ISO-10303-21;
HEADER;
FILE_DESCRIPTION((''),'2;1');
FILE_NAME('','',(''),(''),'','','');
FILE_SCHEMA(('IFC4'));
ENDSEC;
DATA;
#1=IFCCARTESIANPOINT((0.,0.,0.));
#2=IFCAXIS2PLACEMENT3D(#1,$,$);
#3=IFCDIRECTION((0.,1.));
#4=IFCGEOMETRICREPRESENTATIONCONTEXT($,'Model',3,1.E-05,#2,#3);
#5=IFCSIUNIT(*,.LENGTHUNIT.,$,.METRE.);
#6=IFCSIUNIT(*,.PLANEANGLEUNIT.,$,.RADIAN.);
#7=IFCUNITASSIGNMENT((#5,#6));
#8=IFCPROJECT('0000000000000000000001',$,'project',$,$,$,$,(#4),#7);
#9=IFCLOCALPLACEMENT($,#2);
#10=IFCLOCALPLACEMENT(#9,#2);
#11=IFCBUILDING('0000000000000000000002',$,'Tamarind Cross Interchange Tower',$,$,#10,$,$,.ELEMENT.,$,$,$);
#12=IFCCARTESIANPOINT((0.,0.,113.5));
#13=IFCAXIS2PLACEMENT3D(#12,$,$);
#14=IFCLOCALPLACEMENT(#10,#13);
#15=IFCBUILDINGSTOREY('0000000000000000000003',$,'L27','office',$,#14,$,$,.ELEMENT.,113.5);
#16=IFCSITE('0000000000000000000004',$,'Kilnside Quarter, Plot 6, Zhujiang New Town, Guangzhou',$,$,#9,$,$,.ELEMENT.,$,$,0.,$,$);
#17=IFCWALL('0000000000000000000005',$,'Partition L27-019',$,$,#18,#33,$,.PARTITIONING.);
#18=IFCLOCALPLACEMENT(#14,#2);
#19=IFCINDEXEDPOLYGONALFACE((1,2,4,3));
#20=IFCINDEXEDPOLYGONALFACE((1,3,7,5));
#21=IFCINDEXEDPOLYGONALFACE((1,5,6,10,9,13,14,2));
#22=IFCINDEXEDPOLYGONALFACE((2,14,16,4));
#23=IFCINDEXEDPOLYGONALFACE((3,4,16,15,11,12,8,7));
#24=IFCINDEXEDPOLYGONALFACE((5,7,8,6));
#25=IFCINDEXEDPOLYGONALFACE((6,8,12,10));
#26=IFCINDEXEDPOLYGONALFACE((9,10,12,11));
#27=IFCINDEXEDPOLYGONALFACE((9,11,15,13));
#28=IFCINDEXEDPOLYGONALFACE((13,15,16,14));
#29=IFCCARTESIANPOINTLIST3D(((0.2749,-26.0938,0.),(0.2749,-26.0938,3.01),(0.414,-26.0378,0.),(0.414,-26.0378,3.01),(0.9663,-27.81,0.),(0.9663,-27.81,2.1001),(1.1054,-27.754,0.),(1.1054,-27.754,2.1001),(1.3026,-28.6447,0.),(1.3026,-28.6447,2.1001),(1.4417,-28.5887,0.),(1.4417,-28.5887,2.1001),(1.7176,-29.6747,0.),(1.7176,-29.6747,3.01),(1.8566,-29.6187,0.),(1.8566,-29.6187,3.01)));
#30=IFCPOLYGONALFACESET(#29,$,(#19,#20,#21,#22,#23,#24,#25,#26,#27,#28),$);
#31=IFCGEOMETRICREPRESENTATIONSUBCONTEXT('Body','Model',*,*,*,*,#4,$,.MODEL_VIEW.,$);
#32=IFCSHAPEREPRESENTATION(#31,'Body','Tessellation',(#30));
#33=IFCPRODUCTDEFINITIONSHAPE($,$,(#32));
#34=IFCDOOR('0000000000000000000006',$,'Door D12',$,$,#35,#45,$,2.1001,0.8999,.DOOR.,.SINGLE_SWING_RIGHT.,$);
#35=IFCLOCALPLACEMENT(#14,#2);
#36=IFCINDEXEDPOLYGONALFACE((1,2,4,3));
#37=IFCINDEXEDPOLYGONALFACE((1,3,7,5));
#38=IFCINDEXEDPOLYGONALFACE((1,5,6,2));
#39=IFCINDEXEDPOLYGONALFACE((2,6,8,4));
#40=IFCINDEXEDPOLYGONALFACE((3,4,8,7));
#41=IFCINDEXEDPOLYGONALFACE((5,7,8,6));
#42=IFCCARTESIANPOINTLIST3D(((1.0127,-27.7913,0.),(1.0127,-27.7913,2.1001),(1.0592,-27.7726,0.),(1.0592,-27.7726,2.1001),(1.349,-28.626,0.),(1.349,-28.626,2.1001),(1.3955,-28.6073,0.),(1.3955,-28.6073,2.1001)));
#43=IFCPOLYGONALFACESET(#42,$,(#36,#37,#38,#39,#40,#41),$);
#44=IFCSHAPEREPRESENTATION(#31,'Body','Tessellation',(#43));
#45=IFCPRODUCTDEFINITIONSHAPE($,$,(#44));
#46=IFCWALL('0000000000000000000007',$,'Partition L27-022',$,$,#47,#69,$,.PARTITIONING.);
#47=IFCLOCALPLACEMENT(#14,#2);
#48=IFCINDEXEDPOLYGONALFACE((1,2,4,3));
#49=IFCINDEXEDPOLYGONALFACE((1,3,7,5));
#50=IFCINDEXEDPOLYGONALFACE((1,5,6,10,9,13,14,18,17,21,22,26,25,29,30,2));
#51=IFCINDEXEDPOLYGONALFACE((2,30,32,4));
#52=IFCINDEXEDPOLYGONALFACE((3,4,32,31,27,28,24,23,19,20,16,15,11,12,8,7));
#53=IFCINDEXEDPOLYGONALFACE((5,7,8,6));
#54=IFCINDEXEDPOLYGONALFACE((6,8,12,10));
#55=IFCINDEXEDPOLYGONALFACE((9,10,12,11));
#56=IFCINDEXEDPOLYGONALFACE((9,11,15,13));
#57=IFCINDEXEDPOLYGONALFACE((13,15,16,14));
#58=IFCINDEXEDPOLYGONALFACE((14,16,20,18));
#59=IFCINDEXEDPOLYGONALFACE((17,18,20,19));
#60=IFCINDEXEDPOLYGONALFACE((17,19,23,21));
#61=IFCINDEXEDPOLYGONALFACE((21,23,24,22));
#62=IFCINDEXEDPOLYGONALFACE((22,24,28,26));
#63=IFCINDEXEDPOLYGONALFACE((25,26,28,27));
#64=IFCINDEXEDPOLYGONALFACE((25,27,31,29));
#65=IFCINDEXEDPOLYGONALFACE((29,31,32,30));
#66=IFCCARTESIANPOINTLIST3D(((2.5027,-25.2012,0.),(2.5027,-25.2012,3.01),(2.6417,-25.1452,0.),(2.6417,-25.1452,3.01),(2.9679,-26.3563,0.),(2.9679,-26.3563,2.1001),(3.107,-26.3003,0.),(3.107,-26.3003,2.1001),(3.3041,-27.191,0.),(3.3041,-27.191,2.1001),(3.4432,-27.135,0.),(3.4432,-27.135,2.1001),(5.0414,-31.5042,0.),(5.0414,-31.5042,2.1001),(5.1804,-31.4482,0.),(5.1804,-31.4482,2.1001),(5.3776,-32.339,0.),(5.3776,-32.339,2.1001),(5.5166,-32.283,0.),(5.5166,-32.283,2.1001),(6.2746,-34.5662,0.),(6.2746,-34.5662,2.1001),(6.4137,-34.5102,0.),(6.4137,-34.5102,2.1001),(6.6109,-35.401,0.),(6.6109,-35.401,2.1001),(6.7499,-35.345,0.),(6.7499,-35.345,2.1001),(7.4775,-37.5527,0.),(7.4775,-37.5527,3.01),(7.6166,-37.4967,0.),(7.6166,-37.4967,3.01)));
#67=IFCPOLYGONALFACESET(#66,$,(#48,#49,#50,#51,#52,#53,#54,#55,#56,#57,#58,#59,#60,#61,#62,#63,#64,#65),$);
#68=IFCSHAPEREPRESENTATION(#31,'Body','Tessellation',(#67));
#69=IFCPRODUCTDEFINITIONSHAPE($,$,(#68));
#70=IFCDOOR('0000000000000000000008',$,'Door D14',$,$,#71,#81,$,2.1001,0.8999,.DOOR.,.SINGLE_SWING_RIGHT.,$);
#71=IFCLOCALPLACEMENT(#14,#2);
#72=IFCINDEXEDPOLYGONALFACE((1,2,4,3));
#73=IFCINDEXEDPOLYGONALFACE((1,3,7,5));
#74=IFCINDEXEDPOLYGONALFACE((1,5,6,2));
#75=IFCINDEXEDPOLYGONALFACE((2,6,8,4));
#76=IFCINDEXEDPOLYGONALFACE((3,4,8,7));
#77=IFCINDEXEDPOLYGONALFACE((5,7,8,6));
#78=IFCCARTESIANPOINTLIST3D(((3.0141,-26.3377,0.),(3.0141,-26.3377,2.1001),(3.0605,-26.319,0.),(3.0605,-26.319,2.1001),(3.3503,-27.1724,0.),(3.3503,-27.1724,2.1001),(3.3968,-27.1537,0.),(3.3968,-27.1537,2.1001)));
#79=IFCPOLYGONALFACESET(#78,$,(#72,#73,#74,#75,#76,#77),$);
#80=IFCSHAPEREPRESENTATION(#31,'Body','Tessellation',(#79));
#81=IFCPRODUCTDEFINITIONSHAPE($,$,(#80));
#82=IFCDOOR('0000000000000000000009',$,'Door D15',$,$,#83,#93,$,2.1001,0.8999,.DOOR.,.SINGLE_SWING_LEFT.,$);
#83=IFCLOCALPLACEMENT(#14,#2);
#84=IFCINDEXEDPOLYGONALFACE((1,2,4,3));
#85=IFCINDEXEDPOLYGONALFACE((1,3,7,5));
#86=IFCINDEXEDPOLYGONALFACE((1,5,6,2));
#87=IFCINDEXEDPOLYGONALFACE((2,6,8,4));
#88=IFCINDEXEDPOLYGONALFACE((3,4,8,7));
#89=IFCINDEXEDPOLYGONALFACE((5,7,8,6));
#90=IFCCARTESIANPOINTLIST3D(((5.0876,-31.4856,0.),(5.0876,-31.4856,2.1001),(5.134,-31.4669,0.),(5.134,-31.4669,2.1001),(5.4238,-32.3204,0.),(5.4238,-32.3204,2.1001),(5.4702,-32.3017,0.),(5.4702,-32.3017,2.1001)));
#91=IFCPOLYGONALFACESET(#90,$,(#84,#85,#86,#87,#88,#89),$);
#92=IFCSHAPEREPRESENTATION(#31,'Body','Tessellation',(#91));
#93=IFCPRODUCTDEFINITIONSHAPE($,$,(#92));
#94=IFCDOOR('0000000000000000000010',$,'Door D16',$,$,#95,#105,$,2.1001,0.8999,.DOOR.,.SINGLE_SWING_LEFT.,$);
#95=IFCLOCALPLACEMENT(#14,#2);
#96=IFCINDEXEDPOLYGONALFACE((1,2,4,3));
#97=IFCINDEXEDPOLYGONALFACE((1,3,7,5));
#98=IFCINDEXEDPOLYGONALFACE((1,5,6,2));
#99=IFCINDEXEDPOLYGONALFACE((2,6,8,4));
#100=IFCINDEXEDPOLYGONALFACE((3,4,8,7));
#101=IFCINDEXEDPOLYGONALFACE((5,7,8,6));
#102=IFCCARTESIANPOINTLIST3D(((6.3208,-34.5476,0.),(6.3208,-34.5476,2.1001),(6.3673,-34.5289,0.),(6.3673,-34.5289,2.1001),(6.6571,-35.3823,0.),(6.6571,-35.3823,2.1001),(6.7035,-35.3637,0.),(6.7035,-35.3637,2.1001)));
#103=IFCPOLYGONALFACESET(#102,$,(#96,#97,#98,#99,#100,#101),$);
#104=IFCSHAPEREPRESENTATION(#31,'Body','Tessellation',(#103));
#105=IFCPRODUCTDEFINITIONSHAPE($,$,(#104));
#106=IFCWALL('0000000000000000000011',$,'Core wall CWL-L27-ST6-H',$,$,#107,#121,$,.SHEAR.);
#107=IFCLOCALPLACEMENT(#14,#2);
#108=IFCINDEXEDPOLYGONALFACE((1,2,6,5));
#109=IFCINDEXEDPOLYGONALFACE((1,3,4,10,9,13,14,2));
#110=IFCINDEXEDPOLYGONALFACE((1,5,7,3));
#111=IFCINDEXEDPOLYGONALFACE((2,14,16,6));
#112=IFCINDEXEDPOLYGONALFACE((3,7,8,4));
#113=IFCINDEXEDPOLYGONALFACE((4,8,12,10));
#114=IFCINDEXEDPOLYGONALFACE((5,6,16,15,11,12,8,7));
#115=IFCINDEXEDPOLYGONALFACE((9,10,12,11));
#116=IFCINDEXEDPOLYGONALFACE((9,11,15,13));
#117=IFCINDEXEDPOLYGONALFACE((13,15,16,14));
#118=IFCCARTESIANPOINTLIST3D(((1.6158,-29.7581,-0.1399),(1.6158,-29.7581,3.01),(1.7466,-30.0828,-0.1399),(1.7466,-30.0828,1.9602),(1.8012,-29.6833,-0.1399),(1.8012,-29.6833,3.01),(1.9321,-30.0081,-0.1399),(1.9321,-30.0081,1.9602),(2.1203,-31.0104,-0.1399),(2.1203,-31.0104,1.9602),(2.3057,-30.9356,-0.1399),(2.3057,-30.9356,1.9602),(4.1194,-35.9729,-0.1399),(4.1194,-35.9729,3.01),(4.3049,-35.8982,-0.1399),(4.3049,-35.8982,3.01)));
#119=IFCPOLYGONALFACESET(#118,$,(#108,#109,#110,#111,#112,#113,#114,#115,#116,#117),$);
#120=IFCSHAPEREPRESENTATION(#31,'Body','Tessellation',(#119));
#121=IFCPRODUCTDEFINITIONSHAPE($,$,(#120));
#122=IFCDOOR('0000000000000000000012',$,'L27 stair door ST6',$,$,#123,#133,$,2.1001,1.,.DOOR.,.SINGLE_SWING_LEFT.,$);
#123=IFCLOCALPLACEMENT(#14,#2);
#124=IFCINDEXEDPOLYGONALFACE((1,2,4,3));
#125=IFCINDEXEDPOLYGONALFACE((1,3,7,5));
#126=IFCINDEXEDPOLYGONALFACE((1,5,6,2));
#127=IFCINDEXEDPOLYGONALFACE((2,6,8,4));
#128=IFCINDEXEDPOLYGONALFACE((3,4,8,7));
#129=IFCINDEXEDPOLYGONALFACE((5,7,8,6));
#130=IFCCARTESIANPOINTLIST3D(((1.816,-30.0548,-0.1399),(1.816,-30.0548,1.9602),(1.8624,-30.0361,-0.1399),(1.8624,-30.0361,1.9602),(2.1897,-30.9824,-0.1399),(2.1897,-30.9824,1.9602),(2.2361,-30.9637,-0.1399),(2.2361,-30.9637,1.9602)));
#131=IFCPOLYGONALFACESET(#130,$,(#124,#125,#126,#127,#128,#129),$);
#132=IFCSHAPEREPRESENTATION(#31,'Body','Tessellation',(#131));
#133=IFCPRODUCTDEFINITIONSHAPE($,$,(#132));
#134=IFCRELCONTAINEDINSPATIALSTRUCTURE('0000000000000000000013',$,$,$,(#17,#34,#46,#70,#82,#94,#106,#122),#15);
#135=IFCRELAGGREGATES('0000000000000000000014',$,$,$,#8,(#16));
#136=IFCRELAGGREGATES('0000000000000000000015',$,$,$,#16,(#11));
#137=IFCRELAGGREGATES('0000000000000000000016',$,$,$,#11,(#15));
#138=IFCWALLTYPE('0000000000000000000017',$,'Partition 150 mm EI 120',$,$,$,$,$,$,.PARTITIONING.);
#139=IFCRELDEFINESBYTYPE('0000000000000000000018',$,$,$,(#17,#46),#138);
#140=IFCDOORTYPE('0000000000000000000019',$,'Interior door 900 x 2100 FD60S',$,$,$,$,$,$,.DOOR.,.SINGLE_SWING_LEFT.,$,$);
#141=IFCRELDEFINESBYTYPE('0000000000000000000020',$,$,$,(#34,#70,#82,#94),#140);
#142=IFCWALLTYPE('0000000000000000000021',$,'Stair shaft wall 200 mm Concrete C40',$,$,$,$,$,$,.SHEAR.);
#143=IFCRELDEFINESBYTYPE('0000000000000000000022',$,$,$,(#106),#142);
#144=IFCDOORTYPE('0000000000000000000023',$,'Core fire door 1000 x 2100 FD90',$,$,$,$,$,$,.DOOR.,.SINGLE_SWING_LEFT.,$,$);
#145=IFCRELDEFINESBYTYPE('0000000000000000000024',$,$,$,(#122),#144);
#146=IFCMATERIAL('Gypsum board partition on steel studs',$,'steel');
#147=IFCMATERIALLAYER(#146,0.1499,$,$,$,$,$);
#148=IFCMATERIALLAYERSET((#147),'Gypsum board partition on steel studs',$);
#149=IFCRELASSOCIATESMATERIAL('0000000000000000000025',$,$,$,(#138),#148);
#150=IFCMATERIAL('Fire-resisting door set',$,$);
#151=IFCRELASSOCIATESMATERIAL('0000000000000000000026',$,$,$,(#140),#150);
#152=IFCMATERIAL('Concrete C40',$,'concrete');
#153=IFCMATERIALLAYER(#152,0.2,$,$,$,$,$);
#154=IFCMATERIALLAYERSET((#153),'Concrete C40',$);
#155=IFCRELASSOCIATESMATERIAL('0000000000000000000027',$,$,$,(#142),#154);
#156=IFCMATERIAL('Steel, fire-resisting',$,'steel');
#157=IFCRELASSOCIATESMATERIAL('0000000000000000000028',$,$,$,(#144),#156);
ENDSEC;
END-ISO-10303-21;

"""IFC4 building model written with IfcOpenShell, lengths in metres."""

from ifc_helpers import new_model, si_unit, direction, frame, frame_2d, origin, place, context, subcontext, project, spatial, rectangle, extrude, material, layer, layer_set, type_object, element, fill, save


model = new_model("IFC4")

# Units and contexts
model_context = context("Model", 3, precision=1e-05, world=origin(), true_north=direction((0.0, 1.0)))
body_context = subcontext(model_context, "Body", "Model", "MODEL_VIEW")
ifc_project = project(units=[si_unit("LENGTHUNIT", "METRE"), si_unit("PLANEANGLEUNIT", "RADIAN")], contexts=[model_context])

# Site, building, storey
site_placement = place(None, origin())
site = spatial("IfcSite", under=ifc_project, at=site_placement, Name="Kilnside Quarter, Plot 6, Zhujiang New Town, Guangzhou", CompositionType="ELEMENT", RefElevation=0.0)
building_placement = place(site_placement, origin())
building = spatial("IfcBuilding", under=site, at=building_placement, Name="Tamarind Cross Interchange Tower", CompositionType="ELEMENT")
storey_placement = place(building_placement, frame((0.0, 0.0, 113.5)))
storey = spatial("IfcBuildingStorey", under=building, at=storey_placement, Name="L27", Description="office", CompositionType="ELEMENT", Elevation=113.5)

# Shared definitions
ifc_material_1 = material(Name="Gypsum board partition on steel studs", Category="steel")
ifc_layer_1 = layer(ifc_material_1, 0.1499)
ifc_layer_set_1 = layer_set([ifc_layer_1], Name="Gypsum board partition on steel studs")
wall_type_1 = type_object("IfcWallType", Name="Partition 150 mm EI 120", PredefinedType="PARTITIONING", material=ifc_layer_set_1)

# Wall, opening, door
wall_1_placement = place(storey_placement, frame((0.3445, -26.0659, 0.0), z_axis=(0.0, 0.0, 1.0), x_axis=(0.37369, -0.927554, 0.0)))
wall_1 = element("IfcWall", 1, at=wall_1_placement, inside=storey, type_object=wall_type_1, Name="Partition L27-019", PredefinedType="PARTITIONING", context=body_context, shape_type="SweptSolid", body=[
    extrude(rectangle(XDim=3.8606, YDim=0.1499, at=frame_2d((1.9302, 0.0))), origin(), (0.0, 0.0, 1.0), 3.01),
])
opening_1_placement = place(wall_1_placement, frame((1.8501, 0.0, 0.0)))
opening_1 = element("IfcOpeningElement", 2, at=opening_1_placement, cuts=wall_1, PredefinedType="OPENING", context=body_context, shape_type="SweptSolid", body=[
    extrude(rectangle(XDim=0.8999, YDim=2.1001, at=frame_2d((0.45, 1.05))), frame((0.0, 0.085, 0.0), z_axis=(0.0, -1.0, 0.0), x_axis=(1.0, 0.0, 0.0)), (0.0, 0.0, 1.0), 0.1699),
])
ifc_material_2 = material(Name="Fire-resisting door set")
door_type_1 = type_object("IfcDoorType", Name="Interior door 900 x 2100 FD60S", OperationType="SINGLE_SWING_LEFT", PredefinedType="DOOR", material=ifc_material_2)
door_1_placement = place(opening_1_placement, frame((0.8999, 0.0, 0.0), z_axis=(0.0, 0.0, 1.0), x_axis=(-1.0, 0.0, 0.0)))
door_1 = element("IfcDoor", 3, at=door_1_placement, inside=storey, type_object=door_type_1, Name="Door D12", OperationType="SINGLE_SWING_RIGHT", OverallHeight=2.1001, OverallWidth=0.8999, PredefinedType="DOOR", context=body_context, shape_type="SweptSolid", body=[
    extrude(rectangle(XDim=0.8999, YDim=2.1001, at=frame_2d((0.45, 1.05))), frame((0.0, 0.0249, 0.0), z_axis=(0.0, -1.0, 0.0), x_axis=(1.0, 0.0, 0.0)), (0.0, 0.0, 1.0), 0.05),
])
fill(opening_1, door_1)

# Wall, openings, doors
wall_2_placement = place(storey_placement, frame((2.5723, -25.1733, 0.0), z_axis=(0.0, 0.0, 1.0), x_axis=(0.373606, -0.927588, 0.0)))
wall_2 = element("IfcWall", 4, at=wall_2_placement, inside=storey, type_object=wall_type_1, Name="Partition L27-022", PredefinedType="PARTITIONING", context=body_context, shape_type="SweptSolid", body=[
    extrude(rectangle(XDim=13.3157, YDim=0.1499, at=frame_2d((6.6577, 0.0))), origin(), (0.0, 0.0, 1.0), 3.01),
])
opening_2_placement = place(wall_2_placement, frame((1.2451, 0.0, 0.0)))
opening_2 = element("IfcOpeningElement", 5, at=opening_2_placement, cuts=wall_2, PredefinedType="OPENING", context=body_context, shape_type="SweptSolid", body=[
    extrude(rectangle(XDim=0.8999, YDim=2.1001, at=frame_2d((0.45, 1.05))), frame((0.0, 0.085, 0.0), z_axis=(0.0, -1.0, 0.0), x_axis=(1.0, 0.0, 0.0)), (0.0, 0.0, 1.0), 0.1699),
])
opening_3_placement = place(wall_2_placement, frame((6.7949, 0.0, 0.0)))
opening_3 = element("IfcOpeningElement", 6, at=opening_3_placement, cuts=wall_2, PredefinedType="OPENING", context=body_context, shape_type="SweptSolid", body=[
    extrude(rectangle(XDim=0.8999, YDim=2.1001, at=frame_2d((0.45, 1.05))), frame((0.0, 0.085, 0.0), z_axis=(0.0, -1.0, 0.0), x_axis=(1.0, 0.0, 0.0)), (0.0, 0.0, 1.0), 0.1699),
])
opening_4_placement = place(wall_2_placement, frame((10.0959, 0.0, 0.0)))
opening_4 = element("IfcOpeningElement", 7, at=opening_4_placement, cuts=wall_2, PredefinedType="OPENING", context=body_context, shape_type="SweptSolid", body=[
    extrude(rectangle(XDim=0.8999, YDim=2.1001, at=frame_2d((0.45, 1.05))), frame((0.0, 0.085, 0.0), z_axis=(0.0, -1.0, 0.0), x_axis=(1.0, 0.0, 0.0)), (0.0, 0.0, 1.0), 0.1699),
])
door_2_placement = place(opening_2_placement, origin())
door_2 = element("IfcDoor", 8, at=door_2_placement, inside=storey, type_object=door_type_1, Name="Door D14", OperationType="SINGLE_SWING_RIGHT", OverallHeight=2.1001, OverallWidth=0.8999, PredefinedType="DOOR", context=body_context, shape_type="SweptSolid", body=[
    extrude(rectangle(XDim=0.8999, YDim=2.1001, at=frame_2d((0.45, 1.05))), frame((0.0, 0.0249, 0.0), z_axis=(0.0, -1.0, 0.0), x_axis=(1.0, 0.0, 0.0)), (0.0, 0.0, 1.0), 0.05),
])
fill(opening_2, door_2)
door_3_placement = place(opening_3_placement, origin())
door_3 = element("IfcDoor", 9, at=door_3_placement, inside=storey, type_object=door_type_1, Name="Door D15", OperationType="SINGLE_SWING_LEFT", OverallHeight=2.1001, OverallWidth=0.8999, PredefinedType="DOOR", context=body_context, shape_type="SweptSolid", body=[
    extrude(rectangle(XDim=0.8999, YDim=2.1001, at=frame_2d((0.45, 1.05))), frame((0.0, 0.0249, 0.0), z_axis=(0.0, -1.0, 0.0), x_axis=(1.0, 0.0, 0.0)), (0.0, 0.0, 1.0), 0.05),
])
fill(opening_3, door_3)
door_4_placement = place(opening_4_placement, origin())
door_4 = element("IfcDoor", 10, at=door_4_placement, inside=storey, type_object=door_type_1, Name="Door D16", OperationType="SINGLE_SWING_LEFT", OverallHeight=2.1001, OverallWidth=0.8999, PredefinedType="DOOR", context=body_context, shape_type="SweptSolid", body=[
    extrude(rectangle(XDim=0.8999, YDim=2.1001, at=frame_2d((0.45, 1.05))), frame((0.0, 0.0249, 0.0), z_axis=(0.0, -1.0, 0.0), x_axis=(1.0, 0.0, 0.0)), (0.0, 0.0, 1.0), 0.05),
])
fill(opening_4, door_4)

# Wall, opening, door
ifc_material_3 = material(Name="Concrete C40", Category="concrete")
ifc_layer_2 = layer(ifc_material_3, 0.2)
ifc_layer_set_2 = layer_set([ifc_layer_2], Name="Concrete C40")
wall_type_2 = type_object("IfcWallType", Name="Stair shaft wall 200 mm Concrete C40", PredefinedType="SHEAR", material=ifc_layer_set_2)
wall_3_placement = place(storey_placement, frame((1.7085, -29.7207, -0.1399), z_axis=(0.0, 0.0, 1.0), x_axis=(0.37367, -0.927562, 0.0)))
wall_3 = element("IfcWall", 11, at=wall_3_placement, inside=storey, type_object=wall_type_2, Name="Core wall CWL-L27-ST6-H", PredefinedType="SHEAR", context=body_context, shape_type="SweptSolid", body=[
    extrude(rectangle(XDim=6.7002, YDim=0.2, at=frame_2d((3.3501, 0.0))), origin(), (0.0, 0.0, 1.0), 3.1499),
])
opening_5_placement = place(wall_3_placement, frame((0.3501, 0.0, 0.0)))
opening_5 = element("IfcOpeningElement", 12, at=opening_5_placement, cuts=wall_3, PredefinedType="OPENING", context=body_context, shape_type="SweptSolid", body=[
    extrude(rectangle(XDim=1.0, YDim=2.1001, at=frame_2d((0.5, 1.05))), frame((0.0, 0.1099, 0.0), z_axis=(0.0, -1.0, 0.0), x_axis=(1.0, 0.0, 0.0)), (0.0, 0.0, 1.0), 0.22),
])
ifc_material_4 = material(Name="Steel, fire-resisting", Category="steel")
door_type_2 = type_object("IfcDoorType", Name="Core fire door 1000 x 2100 FD90", OperationType="SINGLE_SWING_LEFT", PredefinedType="DOOR", material=ifc_material_4)
door_5_placement = place(opening_5_placement, origin())
door_5 = element("IfcDoor", 13, at=door_5_placement, inside=storey, type_object=door_type_2, Name="L27 stair door ST6", OperationType="SINGLE_SWING_LEFT", OverallHeight=2.1001, OverallWidth=1.0, PredefinedType="DOOR", context=body_context, shape_type="SweptSolid", body=[
    extrude(rectangle(XDim=1.0, YDim=2.1001, at=frame_2d((0.5, 1.05))), frame((0.0, 0.0249, 0.0), z_axis=(0.0, -1.0, 0.0), x_axis=(1.0, 0.0, 0.0)), (0.0, 0.0, 1.0), 0.05),
])
fill(opening_5, door_5)

save(model, "model.ifc")
